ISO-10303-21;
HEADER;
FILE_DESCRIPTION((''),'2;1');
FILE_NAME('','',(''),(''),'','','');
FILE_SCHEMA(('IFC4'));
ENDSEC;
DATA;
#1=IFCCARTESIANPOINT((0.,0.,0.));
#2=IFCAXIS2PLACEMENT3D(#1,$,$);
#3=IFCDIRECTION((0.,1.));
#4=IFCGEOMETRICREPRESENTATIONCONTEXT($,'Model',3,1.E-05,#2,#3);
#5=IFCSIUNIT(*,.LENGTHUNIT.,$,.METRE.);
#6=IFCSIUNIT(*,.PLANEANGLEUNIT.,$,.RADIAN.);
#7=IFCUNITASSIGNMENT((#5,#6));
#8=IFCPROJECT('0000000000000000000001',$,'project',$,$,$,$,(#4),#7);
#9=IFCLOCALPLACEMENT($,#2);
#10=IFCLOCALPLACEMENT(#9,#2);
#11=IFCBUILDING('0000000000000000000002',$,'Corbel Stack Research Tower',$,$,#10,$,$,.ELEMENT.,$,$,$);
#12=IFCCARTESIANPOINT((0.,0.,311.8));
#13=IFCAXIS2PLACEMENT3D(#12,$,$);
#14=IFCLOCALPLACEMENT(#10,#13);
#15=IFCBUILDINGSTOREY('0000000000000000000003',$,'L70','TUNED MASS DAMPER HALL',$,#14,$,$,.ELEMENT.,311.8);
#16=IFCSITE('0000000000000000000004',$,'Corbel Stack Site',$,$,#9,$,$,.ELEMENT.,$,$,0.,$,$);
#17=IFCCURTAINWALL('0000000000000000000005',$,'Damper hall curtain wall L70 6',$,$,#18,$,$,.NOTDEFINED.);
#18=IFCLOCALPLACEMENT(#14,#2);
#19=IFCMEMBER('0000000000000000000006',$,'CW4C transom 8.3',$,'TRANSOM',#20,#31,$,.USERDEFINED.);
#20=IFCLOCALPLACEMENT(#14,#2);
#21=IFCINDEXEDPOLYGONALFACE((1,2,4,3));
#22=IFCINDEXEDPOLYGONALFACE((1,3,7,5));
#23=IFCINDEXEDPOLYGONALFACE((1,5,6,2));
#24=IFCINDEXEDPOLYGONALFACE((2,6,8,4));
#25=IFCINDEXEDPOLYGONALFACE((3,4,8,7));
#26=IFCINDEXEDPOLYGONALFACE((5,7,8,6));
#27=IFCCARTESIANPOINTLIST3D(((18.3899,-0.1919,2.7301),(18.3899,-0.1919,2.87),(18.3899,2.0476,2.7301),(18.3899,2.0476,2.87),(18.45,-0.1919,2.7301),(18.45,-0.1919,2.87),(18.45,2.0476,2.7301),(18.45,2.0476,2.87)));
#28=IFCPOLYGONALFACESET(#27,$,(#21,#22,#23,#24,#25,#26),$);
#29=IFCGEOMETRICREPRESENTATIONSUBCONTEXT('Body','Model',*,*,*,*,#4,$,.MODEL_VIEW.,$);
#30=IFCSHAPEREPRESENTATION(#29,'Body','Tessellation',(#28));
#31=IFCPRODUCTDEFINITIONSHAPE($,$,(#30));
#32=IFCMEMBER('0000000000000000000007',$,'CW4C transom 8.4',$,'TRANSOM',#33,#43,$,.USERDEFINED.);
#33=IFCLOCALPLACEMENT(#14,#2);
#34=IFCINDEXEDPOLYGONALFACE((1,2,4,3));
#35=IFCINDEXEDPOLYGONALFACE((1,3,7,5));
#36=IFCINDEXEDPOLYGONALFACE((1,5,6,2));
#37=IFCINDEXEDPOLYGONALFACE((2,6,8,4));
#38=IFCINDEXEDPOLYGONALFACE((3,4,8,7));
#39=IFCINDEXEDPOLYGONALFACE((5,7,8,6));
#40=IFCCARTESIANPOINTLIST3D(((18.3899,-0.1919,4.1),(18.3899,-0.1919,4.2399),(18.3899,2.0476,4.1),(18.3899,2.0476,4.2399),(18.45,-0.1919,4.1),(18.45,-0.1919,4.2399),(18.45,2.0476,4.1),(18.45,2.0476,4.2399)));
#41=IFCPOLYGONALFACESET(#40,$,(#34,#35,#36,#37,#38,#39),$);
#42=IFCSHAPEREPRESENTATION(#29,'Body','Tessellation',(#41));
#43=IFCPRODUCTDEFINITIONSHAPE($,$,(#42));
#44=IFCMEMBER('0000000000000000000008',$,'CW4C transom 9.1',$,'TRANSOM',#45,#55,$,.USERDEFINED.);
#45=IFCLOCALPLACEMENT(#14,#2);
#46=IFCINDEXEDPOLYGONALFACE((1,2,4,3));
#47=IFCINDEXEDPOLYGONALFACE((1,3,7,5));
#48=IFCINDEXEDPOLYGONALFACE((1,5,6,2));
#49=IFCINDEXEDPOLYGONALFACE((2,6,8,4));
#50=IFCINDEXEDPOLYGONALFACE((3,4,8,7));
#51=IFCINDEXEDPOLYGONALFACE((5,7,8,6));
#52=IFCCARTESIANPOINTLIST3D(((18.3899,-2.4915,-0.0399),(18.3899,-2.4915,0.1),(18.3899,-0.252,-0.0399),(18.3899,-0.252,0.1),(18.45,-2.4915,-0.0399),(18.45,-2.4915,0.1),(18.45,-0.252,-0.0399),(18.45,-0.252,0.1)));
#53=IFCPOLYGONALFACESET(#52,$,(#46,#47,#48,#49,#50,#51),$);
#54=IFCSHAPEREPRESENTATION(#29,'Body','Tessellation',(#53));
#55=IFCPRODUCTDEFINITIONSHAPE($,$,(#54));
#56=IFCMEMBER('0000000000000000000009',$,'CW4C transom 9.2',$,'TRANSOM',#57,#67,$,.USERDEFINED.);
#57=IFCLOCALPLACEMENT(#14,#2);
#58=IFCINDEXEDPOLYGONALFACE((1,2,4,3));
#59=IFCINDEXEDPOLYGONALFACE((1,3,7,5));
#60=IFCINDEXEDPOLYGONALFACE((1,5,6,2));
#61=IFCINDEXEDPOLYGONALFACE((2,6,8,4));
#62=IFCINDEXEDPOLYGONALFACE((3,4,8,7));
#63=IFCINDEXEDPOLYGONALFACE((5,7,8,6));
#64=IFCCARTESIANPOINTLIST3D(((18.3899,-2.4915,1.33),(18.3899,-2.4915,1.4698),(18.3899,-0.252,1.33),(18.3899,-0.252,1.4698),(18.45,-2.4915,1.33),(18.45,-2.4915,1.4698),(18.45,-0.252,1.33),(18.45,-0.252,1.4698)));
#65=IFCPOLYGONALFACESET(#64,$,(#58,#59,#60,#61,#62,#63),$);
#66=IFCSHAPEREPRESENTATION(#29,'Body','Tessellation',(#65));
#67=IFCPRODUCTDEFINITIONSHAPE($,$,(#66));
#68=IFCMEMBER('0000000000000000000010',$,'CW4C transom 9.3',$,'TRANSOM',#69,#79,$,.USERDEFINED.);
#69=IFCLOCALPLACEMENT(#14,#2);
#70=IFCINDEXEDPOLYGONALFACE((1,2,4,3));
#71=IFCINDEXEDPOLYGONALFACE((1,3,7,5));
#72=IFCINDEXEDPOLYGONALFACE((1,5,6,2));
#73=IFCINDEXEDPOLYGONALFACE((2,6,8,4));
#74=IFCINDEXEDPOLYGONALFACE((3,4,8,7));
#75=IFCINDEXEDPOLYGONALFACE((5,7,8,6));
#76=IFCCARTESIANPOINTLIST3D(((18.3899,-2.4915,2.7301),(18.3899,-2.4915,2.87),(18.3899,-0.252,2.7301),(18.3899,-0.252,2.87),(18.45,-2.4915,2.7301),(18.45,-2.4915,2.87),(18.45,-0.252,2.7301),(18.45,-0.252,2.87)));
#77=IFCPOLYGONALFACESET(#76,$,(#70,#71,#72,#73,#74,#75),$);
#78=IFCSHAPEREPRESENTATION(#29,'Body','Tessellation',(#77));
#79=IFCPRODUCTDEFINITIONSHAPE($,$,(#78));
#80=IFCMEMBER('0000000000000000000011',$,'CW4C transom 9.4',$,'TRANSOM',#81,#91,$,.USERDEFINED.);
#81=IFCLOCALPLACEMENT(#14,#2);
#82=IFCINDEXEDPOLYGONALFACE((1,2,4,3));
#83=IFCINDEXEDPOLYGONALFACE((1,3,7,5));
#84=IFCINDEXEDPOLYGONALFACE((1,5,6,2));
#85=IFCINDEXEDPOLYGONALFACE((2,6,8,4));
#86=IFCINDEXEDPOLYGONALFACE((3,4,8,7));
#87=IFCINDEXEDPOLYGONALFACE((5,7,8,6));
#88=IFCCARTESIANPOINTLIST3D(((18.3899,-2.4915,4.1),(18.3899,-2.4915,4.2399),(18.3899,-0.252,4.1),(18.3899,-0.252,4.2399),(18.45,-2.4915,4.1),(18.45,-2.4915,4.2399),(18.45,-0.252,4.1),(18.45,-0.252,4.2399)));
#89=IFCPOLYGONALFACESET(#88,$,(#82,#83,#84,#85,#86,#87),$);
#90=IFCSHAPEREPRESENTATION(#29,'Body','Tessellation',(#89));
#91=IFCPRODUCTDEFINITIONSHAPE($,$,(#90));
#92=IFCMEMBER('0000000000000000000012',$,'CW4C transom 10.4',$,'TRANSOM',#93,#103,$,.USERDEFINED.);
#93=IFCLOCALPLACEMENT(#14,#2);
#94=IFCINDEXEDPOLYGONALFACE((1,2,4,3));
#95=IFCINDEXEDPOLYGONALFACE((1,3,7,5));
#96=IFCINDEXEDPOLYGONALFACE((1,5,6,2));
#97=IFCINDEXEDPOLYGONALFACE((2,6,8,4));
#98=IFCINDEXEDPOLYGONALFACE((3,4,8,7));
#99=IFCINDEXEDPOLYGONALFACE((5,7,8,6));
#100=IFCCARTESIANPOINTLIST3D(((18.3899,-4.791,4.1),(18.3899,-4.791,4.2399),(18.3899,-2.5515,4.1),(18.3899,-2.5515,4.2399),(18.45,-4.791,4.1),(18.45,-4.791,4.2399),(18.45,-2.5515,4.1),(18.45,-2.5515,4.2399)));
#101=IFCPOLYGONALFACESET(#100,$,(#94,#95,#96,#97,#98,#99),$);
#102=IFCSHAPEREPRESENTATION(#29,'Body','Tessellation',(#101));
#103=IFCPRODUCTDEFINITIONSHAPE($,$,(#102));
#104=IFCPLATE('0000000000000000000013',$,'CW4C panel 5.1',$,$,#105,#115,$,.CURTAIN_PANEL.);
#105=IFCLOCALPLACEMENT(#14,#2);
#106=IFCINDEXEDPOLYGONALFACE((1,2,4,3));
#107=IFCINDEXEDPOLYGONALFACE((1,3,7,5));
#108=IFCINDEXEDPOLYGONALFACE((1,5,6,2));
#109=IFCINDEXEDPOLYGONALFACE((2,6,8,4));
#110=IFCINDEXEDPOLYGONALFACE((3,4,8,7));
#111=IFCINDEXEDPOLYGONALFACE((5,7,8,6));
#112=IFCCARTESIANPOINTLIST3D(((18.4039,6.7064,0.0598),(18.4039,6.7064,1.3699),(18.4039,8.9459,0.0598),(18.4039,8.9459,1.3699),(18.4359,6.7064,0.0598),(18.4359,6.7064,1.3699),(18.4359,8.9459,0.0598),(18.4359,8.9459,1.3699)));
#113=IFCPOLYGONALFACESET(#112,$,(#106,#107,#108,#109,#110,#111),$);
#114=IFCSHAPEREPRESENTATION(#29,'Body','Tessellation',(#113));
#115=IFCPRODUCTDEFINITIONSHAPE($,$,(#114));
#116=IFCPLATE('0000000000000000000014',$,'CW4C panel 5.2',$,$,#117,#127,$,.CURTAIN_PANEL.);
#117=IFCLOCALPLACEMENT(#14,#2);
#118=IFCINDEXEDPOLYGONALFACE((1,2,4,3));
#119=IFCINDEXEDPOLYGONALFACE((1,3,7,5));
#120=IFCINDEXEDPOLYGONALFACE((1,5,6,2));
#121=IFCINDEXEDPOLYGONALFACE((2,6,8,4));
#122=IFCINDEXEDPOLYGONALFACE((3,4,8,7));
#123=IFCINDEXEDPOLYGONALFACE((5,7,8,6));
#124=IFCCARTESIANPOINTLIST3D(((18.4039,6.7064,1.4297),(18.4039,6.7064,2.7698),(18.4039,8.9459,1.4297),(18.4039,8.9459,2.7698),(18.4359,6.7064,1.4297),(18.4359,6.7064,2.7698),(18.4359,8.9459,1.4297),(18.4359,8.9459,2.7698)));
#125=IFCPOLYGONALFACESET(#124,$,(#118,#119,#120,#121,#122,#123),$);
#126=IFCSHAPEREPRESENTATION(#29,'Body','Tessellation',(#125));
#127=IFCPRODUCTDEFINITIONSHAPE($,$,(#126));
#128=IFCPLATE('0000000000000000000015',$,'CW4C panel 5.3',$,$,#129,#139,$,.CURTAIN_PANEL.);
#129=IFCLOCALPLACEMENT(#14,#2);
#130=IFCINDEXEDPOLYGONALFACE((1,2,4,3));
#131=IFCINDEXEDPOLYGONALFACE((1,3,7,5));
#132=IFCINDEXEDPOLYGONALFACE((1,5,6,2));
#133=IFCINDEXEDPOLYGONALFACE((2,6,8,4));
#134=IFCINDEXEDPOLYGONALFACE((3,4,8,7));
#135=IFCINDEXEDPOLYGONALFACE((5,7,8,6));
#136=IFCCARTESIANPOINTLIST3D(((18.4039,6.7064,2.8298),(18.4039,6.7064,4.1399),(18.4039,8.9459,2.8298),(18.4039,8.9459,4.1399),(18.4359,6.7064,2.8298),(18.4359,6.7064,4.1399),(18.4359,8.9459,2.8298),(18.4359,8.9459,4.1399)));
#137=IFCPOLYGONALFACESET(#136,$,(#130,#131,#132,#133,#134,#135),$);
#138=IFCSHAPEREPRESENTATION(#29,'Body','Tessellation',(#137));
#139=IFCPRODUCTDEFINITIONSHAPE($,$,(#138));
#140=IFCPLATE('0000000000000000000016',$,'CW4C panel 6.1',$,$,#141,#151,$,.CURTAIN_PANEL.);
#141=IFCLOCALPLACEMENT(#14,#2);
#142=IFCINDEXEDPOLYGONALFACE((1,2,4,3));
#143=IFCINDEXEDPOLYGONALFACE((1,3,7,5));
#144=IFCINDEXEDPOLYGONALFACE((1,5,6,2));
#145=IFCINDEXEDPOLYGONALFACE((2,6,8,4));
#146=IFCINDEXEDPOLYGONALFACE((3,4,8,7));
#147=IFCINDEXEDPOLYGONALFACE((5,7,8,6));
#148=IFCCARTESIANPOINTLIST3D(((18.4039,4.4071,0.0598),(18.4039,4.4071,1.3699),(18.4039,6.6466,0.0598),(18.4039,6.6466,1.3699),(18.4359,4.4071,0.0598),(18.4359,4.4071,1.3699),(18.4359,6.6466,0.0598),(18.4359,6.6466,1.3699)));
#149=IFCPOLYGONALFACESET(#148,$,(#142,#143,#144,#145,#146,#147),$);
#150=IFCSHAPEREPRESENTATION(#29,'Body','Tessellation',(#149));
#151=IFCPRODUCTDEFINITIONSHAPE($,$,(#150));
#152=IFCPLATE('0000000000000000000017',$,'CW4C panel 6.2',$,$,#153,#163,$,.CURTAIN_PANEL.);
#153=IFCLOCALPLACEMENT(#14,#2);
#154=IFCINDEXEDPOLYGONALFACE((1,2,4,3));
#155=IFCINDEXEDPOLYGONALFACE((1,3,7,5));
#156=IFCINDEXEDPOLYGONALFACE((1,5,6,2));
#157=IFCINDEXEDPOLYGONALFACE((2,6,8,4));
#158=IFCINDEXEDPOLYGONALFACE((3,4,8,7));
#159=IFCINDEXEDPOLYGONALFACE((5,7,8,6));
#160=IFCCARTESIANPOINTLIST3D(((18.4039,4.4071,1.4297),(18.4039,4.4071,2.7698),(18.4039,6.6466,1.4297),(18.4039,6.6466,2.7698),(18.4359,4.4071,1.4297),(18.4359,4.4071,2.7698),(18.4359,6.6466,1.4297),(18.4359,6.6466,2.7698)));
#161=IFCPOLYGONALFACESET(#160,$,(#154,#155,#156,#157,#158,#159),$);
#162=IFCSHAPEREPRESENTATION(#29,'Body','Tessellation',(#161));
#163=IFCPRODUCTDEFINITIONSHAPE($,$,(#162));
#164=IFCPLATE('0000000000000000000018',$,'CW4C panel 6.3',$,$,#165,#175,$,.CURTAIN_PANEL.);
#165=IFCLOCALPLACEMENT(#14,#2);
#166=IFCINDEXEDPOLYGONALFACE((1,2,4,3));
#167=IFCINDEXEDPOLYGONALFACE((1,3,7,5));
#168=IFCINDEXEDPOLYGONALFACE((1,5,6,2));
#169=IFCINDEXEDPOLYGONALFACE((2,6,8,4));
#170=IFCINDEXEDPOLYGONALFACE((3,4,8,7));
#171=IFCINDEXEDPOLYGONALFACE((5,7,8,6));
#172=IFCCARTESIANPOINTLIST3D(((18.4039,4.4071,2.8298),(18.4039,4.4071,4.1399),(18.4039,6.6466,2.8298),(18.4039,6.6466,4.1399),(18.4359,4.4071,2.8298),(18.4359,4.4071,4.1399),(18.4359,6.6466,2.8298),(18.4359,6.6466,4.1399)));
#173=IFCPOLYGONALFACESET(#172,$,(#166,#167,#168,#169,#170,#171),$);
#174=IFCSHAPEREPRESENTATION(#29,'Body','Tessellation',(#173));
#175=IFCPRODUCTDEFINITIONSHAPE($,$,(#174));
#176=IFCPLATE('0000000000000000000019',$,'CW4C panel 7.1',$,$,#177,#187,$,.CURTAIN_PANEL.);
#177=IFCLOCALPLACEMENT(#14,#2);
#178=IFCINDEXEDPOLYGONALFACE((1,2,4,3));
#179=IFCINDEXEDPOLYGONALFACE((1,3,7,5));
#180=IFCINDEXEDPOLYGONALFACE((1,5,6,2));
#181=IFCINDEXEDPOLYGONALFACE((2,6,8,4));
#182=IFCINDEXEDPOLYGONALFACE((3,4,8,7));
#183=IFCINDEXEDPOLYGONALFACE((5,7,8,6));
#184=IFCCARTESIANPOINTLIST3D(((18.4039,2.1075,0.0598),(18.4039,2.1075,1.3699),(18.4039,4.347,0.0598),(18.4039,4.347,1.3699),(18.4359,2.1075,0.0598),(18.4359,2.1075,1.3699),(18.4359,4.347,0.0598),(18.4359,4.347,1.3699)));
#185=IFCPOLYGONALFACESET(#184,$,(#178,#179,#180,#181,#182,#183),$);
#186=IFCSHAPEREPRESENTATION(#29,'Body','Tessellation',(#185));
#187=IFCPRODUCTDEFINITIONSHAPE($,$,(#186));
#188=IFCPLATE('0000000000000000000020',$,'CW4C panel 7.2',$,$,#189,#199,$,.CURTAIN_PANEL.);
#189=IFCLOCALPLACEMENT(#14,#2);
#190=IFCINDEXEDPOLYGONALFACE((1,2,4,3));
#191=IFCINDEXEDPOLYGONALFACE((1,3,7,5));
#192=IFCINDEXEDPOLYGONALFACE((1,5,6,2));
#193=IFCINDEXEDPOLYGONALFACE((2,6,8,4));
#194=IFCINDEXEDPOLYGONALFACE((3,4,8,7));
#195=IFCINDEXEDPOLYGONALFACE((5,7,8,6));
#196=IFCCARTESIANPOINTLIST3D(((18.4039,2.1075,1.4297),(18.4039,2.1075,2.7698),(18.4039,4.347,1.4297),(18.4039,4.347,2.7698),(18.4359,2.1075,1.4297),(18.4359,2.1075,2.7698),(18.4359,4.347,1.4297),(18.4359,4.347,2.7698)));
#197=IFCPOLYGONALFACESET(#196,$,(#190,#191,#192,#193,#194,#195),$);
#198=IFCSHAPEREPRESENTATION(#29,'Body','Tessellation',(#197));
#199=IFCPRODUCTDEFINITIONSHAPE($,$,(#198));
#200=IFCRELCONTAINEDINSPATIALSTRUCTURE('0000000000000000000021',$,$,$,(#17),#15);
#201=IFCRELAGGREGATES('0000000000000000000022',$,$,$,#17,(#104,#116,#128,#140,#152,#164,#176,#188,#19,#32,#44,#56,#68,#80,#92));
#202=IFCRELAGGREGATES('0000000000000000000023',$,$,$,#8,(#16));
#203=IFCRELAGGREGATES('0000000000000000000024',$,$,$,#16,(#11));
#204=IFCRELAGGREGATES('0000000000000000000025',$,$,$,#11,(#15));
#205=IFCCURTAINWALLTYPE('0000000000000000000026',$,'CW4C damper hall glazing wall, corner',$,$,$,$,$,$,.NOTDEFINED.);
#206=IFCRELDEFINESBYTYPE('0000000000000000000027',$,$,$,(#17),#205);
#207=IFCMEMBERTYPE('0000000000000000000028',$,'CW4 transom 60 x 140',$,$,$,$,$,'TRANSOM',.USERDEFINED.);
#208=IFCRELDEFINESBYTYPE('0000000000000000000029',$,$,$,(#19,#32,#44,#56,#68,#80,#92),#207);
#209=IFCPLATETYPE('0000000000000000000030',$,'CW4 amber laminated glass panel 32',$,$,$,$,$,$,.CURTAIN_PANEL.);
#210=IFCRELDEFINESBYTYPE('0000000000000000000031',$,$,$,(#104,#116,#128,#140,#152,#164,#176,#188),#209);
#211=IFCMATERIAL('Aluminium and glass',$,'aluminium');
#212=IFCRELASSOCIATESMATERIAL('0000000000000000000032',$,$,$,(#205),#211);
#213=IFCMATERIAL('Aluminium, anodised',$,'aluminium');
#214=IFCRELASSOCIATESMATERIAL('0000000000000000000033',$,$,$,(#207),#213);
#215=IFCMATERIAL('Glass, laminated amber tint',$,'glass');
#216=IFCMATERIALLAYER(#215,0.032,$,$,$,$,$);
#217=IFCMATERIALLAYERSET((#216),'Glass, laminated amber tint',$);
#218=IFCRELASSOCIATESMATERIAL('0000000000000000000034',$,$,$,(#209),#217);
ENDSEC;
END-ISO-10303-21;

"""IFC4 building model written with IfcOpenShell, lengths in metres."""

from ifc_helpers import new_model, si_unit, direction, frame, origin, origin_2d, place, context, subcontext, project, spatial, rectangle, extrude, material, layer, layer_set, material_profile, profile_set, type_object, element, aggregate, save


model = new_model("IFC4")

# Units and contexts
model_context = context("Model", 3, precision=1e-05, world=origin(), true_north=direction((0.0, 1.0)))
body_context = subcontext(model_context, "Body", "Model", "MODEL_VIEW")
ifc_project = project(units=[si_unit("LENGTHUNIT", "METRE"), si_unit("PLANEANGLEUNIT", "RADIAN")], contexts=[model_context])

# Site, building, storey
site_placement = place(None, origin())
site = spatial("IfcSite", under=ifc_project, at=site_placement, Name="Corbel Stack Site", CompositionType="ELEMENT", RefElevation=0.0)
building_placement = place(site_placement, origin())
building = spatial("IfcBuilding", under=site, at=building_placement, Name="Corbel Stack Research Tower", CompositionType="ELEMENT")
storey_placement = place(building_placement, frame((0.0, 0.0, 311.8)))
storey = spatial("IfcBuildingStorey", under=building, at=storey_placement, Name="L70", Description="TUNED MASS DAMPER HALL", CompositionType="ELEMENT", Elevation=311.8)

# Curtain wall, members, plates
ifc_material_1 = material(Name="Aluminium and glass", Category="aluminium")
curtain_wall_type = type_object("IfcCurtainWallType", Name="CW4C damper hall glazing wall, corner", PredefinedType="NOTDEFINED", material=ifc_material_1)
curtain_wall_placement = place(storey_placement, origin())
curtain_wall = element("IfcCurtainWall", 1, at=curtain_wall_placement, inside=storey, type_object=curtain_wall_type, Name="Damper hall curtain wall L70 6", PredefinedType="NOTDEFINED")
ifc_material_2 = material(Name="Aluminium, anodised", Category="aluminium")
ifc_material_profile_1 = material_profile(ifc_material_2, rectangle(XDim=0.0601, YDim=0.1399, at=origin_2d()), Name="CW4 transom 60 x 140")
ifc_profile_set_1 = profile_set([ifc_material_profile_1], Name="Aluminium, anodised")
member_type_1 = type_object("IfcMemberType", Name="CW4 transom 60 x 140", ElementType="TRANSOM", PredefinedType="USERDEFINED", material=ifc_profile_set_1)
member_1_placement = place(storey_placement, frame((18.4199, 2.0476, 2.8), z_axis=(0.0, -1.0, 0.0), x_axis=(1.0, 0.0, 0.0)))
member_1 = element("IfcMember", 2, at=member_1_placement, type_object=member_type_1, Name="CW4C transom 8.3", ObjectType="TRANSOM", PredefinedType="USERDEFINED", context=body_context, shape_type="SweptSolid", body=[
    extrude(rectangle(XDim=0.0601, YDim=0.1399, at=origin_2d()), origin(), (0.0, 0.0, 1.0), 2.2395),
])
member_2_placement = place(storey_placement, frame((18.4199, 2.0476, 4.1699), z_axis=(0.0, -1.0, 0.0), x_axis=(1.0, 0.0, 0.0)))
member_2 = element("IfcMember", 3, at=member_2_placement, type_object=member_type_1, Name="CW4C transom 8.4", ObjectType="TRANSOM", PredefinedType="USERDEFINED", context=body_context, shape_type="SweptSolid", body=[
    extrude(rectangle(XDim=0.0601, YDim=0.1399, at=origin_2d()), origin(), (0.0, 0.0, 1.0), 2.2395),
])
member_3_placement = place(storey_placement, frame((18.4199, -0.252, 0.03), z_axis=(0.0, -1.0, 0.0), x_axis=(1.0, 0.0, 0.0)))
member_3 = element("IfcMember", 4, at=member_3_placement, type_object=member_type_1, Name="CW4C transom 9.1", ObjectType="TRANSOM", PredefinedType="USERDEFINED", context=body_context, shape_type="SweptSolid", body=[
    extrude(rectangle(XDim=0.0601, YDim=0.1399, at=origin_2d()), origin(), (0.0, 0.0, 1.0), 2.2395),
])
member_4_placement = place(storey_placement, frame((18.4199, -0.252, 1.3999), z_axis=(0.0, -1.0, 0.0), x_axis=(1.0, 0.0, 0.0)))
member_4 = element("IfcMember", 5, at=member_4_placement, type_object=member_type_1, Name="CW4C transom 9.2", ObjectType="TRANSOM", PredefinedType="USERDEFINED", context=body_context, shape_type="SweptSolid", body=[
    extrude(rectangle(XDim=0.0601, YDim=0.1399, at=origin_2d()), origin(), (0.0, 0.0, 1.0), 2.2395),
])
member_5_placement = place(storey_placement, frame((18.4199, -0.252, 2.8), z_axis=(0.0, -1.0, 0.0), x_axis=(1.0, 0.0, 0.0)))
member_5 = element("IfcMember", 6, at=member_5_placement, type_object=member_type_1, Name="CW4C transom 9.3", ObjectType="TRANSOM", PredefinedType="USERDEFINED", context=body_context, shape_type="SweptSolid", body=[
    extrude(rectangle(XDim=0.0601, YDim=0.1399, at=origin_2d()), origin(), (0.0, 0.0, 1.0), 2.2395),
])
member_6_placement = place(storey_placement, frame((18.4199, -0.252, 4.1699), z_axis=(0.0, -1.0, 0.0), x_axis=(1.0, 0.0, 0.0)))
member_6 = element("IfcMember", 7, at=member_6_placement, type_object=member_type_1, Name="CW4C transom 9.4", ObjectType="TRANSOM", PredefinedType="USERDEFINED", context=body_context, shape_type="SweptSolid", body=[
    extrude(rectangle(XDim=0.0601, YDim=0.1399, at=origin_2d()), origin(), (0.0, 0.0, 1.0), 2.2395),
])
member_7_placement = place(storey_placement, frame((18.4199, -2.5515, 4.1699), z_axis=(0.0, -1.0, 0.0), x_axis=(1.0, 0.0, 0.0)))
member_7 = element("IfcMember", 8, at=member_7_placement, type_object=member_type_1, Name="CW4C transom 10.4", ObjectType="TRANSOM", PredefinedType="USERDEFINED", context=body_context, shape_type="SweptSolid", body=[
    extrude(rectangle(XDim=0.0601, YDim=0.1399, at=origin_2d()), origin(), (0.0, 0.0, 1.0), 2.2395),
])
ifc_material_3 = material(Name="Glass, laminated amber tint", Category="glass")
ifc_layer = layer(ifc_material_3, 0.032)
ifc_layer_set = layer_set([ifc_layer], Name="Glass, laminated amber tint")
plate_type = type_object("IfcPlateType", Name="CW4 amber laminated glass panel 32", PredefinedType="CURTAIN_PANEL", material=ifc_layer_set)
plate_1_placement = place(storey_placement, frame((18.4199, 7.8262, 0.0598), z_axis=(0.0, 0.0, 1.0), x_axis=(0.0, -1.0, 0.0)))
plate_1 = element("IfcPlate", 9, at=plate_1_placement, type_object=plate_type, Name="CW4C panel 5.1", PredefinedType="CURTAIN_PANEL", context=body_context, shape_type="SweptSolid", body=[
    extrude(rectangle(XDim=2.2395, YDim=0.032, at=origin_2d()), origin(), (0.0, 0.0, 1.0), 1.3101),
])
plate_2_placement = place(storey_placement, frame((18.4199, 7.8262, 1.4297), z_axis=(0.0, 0.0, 1.0), x_axis=(0.0, -1.0, 0.0)))
plate_2 = element("IfcPlate", 10, at=plate_2_placement, type_object=plate_type, Name="CW4C panel 5.2", PredefinedType="CURTAIN_PANEL", context=body_context, shape_type="SweptSolid", body=[
    extrude(rectangle(XDim=2.2395, YDim=0.032, at=origin_2d()), origin(), (0.0, 0.0, 1.0), 1.3401),
])
plate_3_placement = place(storey_placement, frame((18.4199, 7.8262, 2.8298), z_axis=(0.0, 0.0, 1.0), x_axis=(0.0, -1.0, 0.0)))
plate_3 = element("IfcPlate", 11, at=plate_3_placement, type_object=plate_type, Name="CW4C panel 5.3", PredefinedType="CURTAIN_PANEL", context=body_context, shape_type="SweptSolid", body=[
    extrude(rectangle(XDim=2.2395, YDim=0.032, at=origin_2d()), origin(), (0.0, 0.0, 1.0), 1.3101),
])
plate_4_placement = place(storey_placement, frame((18.4199, 5.5269, 0.0598), z_axis=(0.0, 0.0, 1.0), x_axis=(0.0, -1.0, 0.0)))
plate_4 = element("IfcPlate", 12, at=plate_4_placement, type_object=plate_type, Name="CW4C panel 6.1", PredefinedType="CURTAIN_PANEL", context=body_context, shape_type="SweptSolid", body=[
    extrude(rectangle(XDim=2.2395, YDim=0.032, at=origin_2d()), origin(), (0.0, 0.0, 1.0), 1.3101),
])
plate_5_placement = place(storey_placement, frame((18.4199, 5.5269, 1.4297), z_axis=(0.0, 0.0, 1.0), x_axis=(0.0, -1.0, 0.0)))
plate_5 = element("IfcPlate", 13, at=plate_5_placement, type_object=plate_type, Name="CW4C panel 6.2", PredefinedType="CURTAIN_PANEL", context=body_context, shape_type="SweptSolid", body=[
    extrude(rectangle(XDim=2.2395, YDim=0.032, at=origin_2d()), origin(), (0.0, 0.0, 1.0), 1.3401),
])
plate_6_placement = place(storey_placement, frame((18.4199, 5.5269, 2.8298), z_axis=(0.0, 0.0, 1.0), x_axis=(0.0, -1.0, 0.0)))
plate_6 = element("IfcPlate", 14, at=plate_6_placement, type_object=plate_type, Name="CW4C panel 6.3", PredefinedType="CURTAIN_PANEL", context=body_context, shape_type="SweptSolid", body=[
    extrude(rectangle(XDim=2.2395, YDim=0.032, at=origin_2d()), origin(), (0.0, 0.0, 1.0), 1.3101),
])
plate_7_placement = place(storey_placement, frame((18.4199, 3.2273, 0.0598), z_axis=(0.0, 0.0, 1.0), x_axis=(0.0, -1.0, 0.0)))
plate_7 = element("IfcPlate", 15, at=plate_7_placement, type_object=plate_type, Name="CW4C panel 7.1", PredefinedType="CURTAIN_PANEL", context=body_context, shape_type="SweptSolid", body=[
    extrude(rectangle(XDim=2.2395, YDim=0.032, at=origin_2d()), origin(), (0.0, 0.0, 1.0), 1.3101),
])
plate_8_placement = place(storey_placement, frame((18.4199, 3.2273, 1.4297), z_axis=(0.0, 0.0, 1.0), x_axis=(0.0, -1.0, 0.0)))
plate_8 = element("IfcPlate", 16, at=plate_8_placement, type_object=plate_type, Name="CW4C panel 7.2", PredefinedType="CURTAIN_PANEL", context=body_context, shape_type="SweptSolid", body=[
    extrude(rectangle(XDim=2.2395, YDim=0.032, at=origin_2d()), origin(), (0.0, 0.0, 1.0), 1.3401),
])
aggregate(curtain_wall, [plate_1, plate_2, plate_3, plate_4, plate_5, plate_6, plate_7, plate_8, member_1, member_2, member_3, member_4, member_5, member_6, member_7])

save(model, "model.ifc")
